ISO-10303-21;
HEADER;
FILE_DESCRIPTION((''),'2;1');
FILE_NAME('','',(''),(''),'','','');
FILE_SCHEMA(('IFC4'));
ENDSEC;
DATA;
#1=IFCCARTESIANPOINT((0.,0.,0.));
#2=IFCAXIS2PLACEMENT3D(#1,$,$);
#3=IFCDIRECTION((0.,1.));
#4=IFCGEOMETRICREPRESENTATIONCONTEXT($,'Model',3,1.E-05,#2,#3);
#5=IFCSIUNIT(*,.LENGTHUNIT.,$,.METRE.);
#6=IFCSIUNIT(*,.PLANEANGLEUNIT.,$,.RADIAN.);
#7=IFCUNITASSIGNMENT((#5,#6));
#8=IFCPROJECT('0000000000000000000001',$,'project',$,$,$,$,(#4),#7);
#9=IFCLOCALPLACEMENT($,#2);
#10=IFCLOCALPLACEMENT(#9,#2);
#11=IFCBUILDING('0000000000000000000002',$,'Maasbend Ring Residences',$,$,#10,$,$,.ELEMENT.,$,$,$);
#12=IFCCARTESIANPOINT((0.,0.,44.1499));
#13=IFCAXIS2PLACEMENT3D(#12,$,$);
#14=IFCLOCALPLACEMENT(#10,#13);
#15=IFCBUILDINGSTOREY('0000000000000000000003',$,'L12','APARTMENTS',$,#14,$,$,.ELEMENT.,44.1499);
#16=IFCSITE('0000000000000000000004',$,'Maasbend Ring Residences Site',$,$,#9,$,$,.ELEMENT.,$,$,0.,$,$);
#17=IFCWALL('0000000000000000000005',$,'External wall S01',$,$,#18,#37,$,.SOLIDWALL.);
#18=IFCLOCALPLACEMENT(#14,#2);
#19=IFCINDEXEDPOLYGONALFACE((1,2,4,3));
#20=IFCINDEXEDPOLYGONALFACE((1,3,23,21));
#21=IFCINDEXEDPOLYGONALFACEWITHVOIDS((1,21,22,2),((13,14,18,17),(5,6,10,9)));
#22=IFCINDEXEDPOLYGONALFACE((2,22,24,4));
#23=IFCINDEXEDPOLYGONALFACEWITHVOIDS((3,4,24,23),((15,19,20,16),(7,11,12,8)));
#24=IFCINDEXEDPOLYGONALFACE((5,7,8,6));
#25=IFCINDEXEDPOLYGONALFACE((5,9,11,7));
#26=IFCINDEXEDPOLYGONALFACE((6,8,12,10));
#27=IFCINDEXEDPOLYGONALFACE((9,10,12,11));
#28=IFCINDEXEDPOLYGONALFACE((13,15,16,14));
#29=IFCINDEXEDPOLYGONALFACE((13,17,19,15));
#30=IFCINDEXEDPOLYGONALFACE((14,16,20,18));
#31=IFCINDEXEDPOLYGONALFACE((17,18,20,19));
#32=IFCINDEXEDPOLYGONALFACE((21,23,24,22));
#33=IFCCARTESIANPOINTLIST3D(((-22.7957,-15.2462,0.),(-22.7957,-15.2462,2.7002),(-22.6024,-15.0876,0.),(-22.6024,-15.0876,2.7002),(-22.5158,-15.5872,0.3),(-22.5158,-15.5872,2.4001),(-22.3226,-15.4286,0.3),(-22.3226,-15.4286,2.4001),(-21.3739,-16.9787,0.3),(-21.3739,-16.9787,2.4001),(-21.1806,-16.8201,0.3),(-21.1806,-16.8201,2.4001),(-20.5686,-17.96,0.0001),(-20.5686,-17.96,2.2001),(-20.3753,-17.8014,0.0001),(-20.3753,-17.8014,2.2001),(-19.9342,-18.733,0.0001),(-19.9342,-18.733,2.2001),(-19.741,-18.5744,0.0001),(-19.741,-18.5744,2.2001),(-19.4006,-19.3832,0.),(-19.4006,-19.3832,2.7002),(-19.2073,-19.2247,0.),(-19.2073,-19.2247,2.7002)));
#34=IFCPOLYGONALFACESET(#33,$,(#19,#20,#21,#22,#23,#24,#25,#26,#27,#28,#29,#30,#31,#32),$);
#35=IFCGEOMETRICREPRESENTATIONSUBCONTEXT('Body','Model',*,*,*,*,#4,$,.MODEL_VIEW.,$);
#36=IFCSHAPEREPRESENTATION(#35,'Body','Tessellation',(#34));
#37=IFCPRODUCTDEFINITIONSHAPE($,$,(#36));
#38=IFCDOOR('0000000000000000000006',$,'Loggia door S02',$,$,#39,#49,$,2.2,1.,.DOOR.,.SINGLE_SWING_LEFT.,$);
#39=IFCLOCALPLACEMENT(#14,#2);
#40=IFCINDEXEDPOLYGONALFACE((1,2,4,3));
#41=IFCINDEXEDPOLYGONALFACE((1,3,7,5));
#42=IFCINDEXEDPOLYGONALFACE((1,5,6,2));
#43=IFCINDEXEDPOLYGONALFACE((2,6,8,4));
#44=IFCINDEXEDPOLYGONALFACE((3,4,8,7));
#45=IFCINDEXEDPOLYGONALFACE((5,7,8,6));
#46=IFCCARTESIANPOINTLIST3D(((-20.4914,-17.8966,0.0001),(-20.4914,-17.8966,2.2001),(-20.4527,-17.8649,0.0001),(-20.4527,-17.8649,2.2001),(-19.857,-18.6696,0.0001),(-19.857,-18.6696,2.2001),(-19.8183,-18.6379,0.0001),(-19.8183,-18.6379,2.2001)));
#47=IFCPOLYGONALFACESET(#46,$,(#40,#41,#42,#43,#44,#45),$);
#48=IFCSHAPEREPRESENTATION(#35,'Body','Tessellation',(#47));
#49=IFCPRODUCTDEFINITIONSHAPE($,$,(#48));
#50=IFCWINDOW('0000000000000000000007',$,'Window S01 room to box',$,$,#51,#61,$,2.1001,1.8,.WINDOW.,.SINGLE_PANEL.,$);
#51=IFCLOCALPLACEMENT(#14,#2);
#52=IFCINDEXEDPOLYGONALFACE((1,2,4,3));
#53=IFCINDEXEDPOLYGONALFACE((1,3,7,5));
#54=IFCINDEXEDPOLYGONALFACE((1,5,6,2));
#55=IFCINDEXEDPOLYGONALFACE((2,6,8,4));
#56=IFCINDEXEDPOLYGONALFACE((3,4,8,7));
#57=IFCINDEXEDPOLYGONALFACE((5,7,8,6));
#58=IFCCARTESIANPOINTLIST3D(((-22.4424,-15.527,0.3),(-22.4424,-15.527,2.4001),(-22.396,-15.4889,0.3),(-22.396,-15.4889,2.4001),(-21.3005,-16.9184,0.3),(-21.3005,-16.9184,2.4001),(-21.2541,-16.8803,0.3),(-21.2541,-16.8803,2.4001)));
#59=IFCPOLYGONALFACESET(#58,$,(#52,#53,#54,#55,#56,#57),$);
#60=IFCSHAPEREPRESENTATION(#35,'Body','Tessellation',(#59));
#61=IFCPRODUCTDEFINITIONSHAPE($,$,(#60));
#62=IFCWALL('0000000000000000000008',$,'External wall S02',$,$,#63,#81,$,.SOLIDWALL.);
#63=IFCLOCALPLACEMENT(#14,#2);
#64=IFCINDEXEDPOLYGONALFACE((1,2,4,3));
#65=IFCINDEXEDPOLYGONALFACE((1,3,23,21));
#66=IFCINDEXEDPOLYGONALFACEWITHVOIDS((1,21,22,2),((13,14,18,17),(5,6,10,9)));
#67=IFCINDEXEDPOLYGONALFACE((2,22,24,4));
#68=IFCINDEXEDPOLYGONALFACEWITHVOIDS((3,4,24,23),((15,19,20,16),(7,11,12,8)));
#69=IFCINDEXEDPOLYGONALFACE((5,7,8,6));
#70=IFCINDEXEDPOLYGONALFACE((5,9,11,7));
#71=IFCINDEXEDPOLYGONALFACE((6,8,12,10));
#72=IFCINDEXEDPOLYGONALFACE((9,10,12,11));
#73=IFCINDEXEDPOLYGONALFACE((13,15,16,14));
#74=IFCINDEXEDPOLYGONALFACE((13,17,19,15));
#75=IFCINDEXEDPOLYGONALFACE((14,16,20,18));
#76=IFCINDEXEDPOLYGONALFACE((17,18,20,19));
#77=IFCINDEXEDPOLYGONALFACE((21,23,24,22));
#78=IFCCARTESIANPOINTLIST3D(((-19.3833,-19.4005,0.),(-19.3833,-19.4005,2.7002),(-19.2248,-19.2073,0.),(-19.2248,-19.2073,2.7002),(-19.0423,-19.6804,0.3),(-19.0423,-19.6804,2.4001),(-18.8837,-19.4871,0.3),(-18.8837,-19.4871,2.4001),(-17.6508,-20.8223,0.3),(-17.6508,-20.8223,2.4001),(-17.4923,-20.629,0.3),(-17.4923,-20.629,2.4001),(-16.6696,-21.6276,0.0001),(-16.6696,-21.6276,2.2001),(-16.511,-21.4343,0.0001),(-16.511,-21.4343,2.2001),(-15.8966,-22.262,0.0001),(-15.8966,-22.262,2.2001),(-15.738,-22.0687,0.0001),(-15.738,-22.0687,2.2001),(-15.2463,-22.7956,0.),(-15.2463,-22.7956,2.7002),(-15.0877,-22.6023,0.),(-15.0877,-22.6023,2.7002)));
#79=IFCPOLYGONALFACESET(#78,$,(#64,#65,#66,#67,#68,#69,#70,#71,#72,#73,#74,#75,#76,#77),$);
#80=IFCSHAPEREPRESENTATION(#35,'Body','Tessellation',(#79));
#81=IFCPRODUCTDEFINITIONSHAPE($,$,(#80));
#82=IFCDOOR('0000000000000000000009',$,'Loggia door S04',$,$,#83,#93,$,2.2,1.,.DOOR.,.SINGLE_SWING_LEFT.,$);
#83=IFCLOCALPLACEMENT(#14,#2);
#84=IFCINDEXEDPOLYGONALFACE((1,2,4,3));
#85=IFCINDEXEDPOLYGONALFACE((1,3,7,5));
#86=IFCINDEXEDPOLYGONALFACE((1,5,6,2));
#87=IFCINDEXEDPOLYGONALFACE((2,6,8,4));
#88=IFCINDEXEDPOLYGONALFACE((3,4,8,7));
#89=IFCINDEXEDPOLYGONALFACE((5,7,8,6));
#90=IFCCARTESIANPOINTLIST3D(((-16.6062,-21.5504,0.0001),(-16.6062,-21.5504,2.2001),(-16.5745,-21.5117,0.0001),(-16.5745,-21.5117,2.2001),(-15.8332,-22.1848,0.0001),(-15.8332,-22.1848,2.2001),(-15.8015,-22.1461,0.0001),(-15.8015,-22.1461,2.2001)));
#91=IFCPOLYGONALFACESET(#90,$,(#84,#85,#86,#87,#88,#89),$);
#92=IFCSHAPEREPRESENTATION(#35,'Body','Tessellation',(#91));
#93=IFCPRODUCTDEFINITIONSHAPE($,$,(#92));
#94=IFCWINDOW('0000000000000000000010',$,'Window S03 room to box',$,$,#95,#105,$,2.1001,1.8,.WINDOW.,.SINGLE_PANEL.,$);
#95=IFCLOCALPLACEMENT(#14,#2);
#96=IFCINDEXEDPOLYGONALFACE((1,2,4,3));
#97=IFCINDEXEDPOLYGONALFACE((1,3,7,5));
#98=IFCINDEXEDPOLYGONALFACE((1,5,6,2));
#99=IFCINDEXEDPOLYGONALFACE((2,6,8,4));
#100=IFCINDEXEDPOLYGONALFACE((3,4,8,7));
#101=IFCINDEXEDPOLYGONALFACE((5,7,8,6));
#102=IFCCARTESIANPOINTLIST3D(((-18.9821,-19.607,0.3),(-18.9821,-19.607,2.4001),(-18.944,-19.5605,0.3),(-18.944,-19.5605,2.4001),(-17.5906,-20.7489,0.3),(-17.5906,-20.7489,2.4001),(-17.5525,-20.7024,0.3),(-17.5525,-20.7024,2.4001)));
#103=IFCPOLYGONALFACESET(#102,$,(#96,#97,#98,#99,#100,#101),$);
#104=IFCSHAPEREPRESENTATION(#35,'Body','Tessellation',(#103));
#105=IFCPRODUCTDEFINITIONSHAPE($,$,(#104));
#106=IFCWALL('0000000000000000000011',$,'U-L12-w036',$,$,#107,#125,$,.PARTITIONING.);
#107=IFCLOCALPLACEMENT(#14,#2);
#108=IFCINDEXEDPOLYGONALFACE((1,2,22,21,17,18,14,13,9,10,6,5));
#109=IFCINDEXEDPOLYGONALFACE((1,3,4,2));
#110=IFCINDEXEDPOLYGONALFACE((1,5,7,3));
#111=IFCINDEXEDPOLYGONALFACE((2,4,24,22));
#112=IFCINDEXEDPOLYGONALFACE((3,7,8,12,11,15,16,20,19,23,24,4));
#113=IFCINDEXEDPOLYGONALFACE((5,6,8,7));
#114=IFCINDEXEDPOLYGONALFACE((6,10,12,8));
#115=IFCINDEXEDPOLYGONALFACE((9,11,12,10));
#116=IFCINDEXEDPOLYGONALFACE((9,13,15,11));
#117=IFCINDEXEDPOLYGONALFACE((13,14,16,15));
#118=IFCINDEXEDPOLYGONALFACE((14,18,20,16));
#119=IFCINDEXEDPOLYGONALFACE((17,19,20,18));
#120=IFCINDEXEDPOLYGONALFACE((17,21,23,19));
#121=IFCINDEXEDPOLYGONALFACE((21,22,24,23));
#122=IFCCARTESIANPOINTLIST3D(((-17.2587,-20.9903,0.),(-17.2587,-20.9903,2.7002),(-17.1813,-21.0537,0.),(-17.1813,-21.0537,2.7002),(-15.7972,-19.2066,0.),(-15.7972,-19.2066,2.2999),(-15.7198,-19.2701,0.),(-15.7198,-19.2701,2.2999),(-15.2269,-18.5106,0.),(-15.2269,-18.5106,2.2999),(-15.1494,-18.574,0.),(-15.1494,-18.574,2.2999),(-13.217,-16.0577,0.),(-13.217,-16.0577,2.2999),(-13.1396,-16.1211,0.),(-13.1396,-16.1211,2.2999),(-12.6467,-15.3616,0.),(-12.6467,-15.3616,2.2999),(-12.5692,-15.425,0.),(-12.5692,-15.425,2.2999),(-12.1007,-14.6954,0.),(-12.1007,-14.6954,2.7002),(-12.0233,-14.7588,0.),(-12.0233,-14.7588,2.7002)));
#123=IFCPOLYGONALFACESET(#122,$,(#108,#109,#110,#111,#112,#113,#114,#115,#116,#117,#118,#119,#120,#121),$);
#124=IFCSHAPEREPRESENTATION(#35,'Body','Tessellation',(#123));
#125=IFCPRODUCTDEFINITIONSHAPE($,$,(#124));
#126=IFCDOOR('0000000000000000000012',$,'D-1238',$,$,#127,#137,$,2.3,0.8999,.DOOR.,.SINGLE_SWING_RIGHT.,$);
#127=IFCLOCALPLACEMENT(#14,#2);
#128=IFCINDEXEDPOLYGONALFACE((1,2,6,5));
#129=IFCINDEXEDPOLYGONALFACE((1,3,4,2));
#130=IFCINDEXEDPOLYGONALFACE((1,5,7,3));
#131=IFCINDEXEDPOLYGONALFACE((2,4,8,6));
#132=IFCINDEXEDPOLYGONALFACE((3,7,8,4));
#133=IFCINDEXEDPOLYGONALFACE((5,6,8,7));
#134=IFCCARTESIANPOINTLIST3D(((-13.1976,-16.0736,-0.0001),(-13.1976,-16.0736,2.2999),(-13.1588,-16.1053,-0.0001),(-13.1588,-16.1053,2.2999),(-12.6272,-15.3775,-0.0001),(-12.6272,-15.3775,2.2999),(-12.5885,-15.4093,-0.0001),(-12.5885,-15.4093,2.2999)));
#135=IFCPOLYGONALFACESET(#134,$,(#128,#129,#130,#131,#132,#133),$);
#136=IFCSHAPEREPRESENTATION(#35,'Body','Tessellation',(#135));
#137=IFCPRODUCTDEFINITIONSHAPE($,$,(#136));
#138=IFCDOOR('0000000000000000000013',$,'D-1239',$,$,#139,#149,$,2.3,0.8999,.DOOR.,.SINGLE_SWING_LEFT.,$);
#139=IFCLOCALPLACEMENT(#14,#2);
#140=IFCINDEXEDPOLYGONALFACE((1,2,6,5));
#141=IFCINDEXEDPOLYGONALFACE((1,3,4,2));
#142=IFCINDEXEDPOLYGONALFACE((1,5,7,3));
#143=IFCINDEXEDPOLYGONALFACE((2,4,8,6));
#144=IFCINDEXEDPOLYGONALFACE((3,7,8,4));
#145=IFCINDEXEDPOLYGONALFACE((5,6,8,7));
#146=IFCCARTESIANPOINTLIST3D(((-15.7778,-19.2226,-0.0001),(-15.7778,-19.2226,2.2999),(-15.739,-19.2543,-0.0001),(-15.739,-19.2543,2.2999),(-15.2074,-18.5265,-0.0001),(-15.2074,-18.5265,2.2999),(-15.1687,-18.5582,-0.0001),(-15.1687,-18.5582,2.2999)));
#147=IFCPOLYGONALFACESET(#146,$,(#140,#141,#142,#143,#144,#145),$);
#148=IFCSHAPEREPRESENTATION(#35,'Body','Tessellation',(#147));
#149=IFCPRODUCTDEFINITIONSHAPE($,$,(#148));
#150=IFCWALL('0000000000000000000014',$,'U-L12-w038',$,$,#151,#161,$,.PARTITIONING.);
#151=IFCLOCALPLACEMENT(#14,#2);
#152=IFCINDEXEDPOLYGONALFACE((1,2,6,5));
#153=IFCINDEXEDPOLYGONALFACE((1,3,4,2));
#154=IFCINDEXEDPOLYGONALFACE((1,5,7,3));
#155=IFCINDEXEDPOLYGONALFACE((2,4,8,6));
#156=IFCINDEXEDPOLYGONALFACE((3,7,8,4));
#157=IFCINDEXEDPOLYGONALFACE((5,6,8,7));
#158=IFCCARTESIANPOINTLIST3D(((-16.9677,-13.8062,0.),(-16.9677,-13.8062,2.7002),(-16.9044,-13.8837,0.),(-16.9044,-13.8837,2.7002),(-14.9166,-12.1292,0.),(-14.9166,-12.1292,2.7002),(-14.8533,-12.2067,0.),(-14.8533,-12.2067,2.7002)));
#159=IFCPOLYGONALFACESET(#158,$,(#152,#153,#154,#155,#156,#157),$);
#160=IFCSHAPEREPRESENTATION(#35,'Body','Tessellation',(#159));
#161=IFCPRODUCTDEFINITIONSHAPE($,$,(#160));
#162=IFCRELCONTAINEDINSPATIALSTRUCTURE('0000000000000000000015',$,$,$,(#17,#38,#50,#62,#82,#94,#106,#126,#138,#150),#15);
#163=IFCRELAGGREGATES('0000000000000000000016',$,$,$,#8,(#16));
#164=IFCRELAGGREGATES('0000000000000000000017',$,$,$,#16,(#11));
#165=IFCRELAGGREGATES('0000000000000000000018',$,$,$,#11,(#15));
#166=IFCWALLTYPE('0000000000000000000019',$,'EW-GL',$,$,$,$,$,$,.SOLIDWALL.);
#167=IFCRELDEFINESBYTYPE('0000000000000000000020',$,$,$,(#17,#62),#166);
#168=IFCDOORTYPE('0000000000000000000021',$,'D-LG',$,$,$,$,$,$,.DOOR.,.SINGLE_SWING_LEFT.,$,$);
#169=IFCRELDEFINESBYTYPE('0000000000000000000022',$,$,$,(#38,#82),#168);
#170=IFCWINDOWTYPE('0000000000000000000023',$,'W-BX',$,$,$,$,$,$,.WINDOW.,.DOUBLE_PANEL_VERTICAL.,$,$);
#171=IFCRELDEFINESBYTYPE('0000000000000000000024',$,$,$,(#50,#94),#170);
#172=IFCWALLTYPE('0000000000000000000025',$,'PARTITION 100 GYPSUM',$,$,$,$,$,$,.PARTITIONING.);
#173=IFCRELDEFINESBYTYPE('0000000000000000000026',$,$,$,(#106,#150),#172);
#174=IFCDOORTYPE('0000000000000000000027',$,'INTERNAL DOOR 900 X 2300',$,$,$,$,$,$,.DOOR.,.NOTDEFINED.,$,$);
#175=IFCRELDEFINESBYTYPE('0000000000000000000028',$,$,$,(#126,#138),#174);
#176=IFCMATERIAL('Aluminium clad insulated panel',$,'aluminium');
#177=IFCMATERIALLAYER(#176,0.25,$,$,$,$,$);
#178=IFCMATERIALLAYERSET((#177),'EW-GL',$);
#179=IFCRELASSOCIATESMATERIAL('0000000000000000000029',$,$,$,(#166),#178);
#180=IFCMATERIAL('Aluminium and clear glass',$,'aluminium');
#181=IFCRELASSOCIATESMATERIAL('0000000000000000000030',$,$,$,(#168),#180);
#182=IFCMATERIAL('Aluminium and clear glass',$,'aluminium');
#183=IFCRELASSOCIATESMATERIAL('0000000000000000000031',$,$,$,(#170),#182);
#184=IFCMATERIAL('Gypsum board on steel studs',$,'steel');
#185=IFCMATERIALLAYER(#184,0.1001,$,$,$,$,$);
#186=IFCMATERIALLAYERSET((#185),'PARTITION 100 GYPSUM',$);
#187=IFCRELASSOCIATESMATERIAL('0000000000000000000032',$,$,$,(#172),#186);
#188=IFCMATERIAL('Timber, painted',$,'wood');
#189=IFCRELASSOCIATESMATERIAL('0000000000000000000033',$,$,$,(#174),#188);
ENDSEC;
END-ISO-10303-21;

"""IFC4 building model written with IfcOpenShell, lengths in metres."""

from ifc_helpers import new_model, si_unit, direction, frame, frame_2d, origin, place, context, subcontext, project, spatial, rectangle, extrude, material, layer, layer_set, type_object, element, fill, save


model = new_model("IFC4")

# Units and contexts
model_context = context("Model", 3, precision=1e-05, world=origin(), true_north=direction((0.0, 1.0)))
body_context = subcontext(model_context, "Body", "Model", "MODEL_VIEW")
ifc_project = project(units=[si_unit("LENGTHUNIT", "METRE"), si_unit("PLANEANGLEUNIT", "RADIAN")], contexts=[model_context])

# Site, building, storey
site_placement = place(None, origin())
site = spatial("IfcSite", under=ifc_project, at=site_placement, Name="Maasbend Ring Residences Site", CompositionType="ELEMENT", RefElevation=0.0)
building_placement = place(site_placement, origin())
building = spatial("IfcBuilding", under=site, at=building_placement, Name="Maasbend Ring Residences", CompositionType="ELEMENT")
storey_placement = place(building_placement, frame((0.0, 0.0, 44.1499)))
storey = spatial("IfcBuildingStorey", under=building, at=storey_placement, Name="L12", Description="APARTMENTS", CompositionType="ELEMENT", Elevation=44.1499)

# Walls, openings, doors, windows
ifc_material_1 = material(Name="Aluminium clad insulated panel", Category="aluminium")
ifc_layer_1 = layer(ifc_material_1, 0.25)
ifc_layer_set_1 = layer_set([ifc_layer_1], Name="EW-GL")
wall_type_1 = type_object("IfcWallType", Name="EW-GL", PredefinedType="SOLIDWALL", material=ifc_layer_set_1)
wall_1_placement = place(storey_placement, frame((-22.699, -15.167, 0.0), z_axis=(0.0, 0.0, 1.0), x_axis=(0.634382, -0.773019, 0.0)))
wall_1 = element("IfcWall", 1, at=wall_1_placement, inside=storey, type_object=wall_type_1, Name="External wall S01", PredefinedType="SOLIDWALL", context=body_context, shape_type="SweptSolid", body=[
    extrude(rectangle(XDim=5.3518, YDim=0.25, at=frame_2d((2.6758, 0.0))), origin(), (0.0, 0.0, 1.0), 2.7002),
])
opening_1_placement = place(wall_1_placement, frame((0.4412, 0.0, 0.3)))
opening_1 = element("IfcOpeningElement", 2, at=opening_1_placement, cuts=wall_1, PredefinedType="OPENING", context=body_context, shape_type="SweptSolid", body=[
    extrude(rectangle(XDim=1.8, YDim=2.1001, at=frame_2d((0.8999, 1.05))), frame((0.0, 0.135, 0.0), z_axis=(0.0, -1.0, 0.0), x_axis=(1.0, 0.0, 0.0)), (0.0, 0.0, 1.0), 0.27),
])
opening_2_placement = place(wall_1_placement, frame((3.5105, 0.0, 0.0)))
opening_2 = element("IfcOpeningElement", 3, at=opening_2_placement, cuts=wall_1, PredefinedType="OPENING", context=body_context, shape_type="SweptSolid", body=[
    extrude(rectangle(XDim=1.0, YDim=2.2, at=frame_2d((0.5, 1.1001))), frame((0.0, 0.135, 0.0), z_axis=(0.0, -1.0, 0.0), x_axis=(1.0, 0.0, 0.0)), (0.0, 0.0, 1.0), 0.27),
])
ifc_material_2 = material(Name="Aluminium and clear glass", Category="aluminium")
door_type_1 = type_object("IfcDoorType", Name="D-LG", OperationType="SINGLE_SWING_LEFT", PredefinedType="DOOR", material=ifc_material_2)
door_1_placement = place(opening_2_placement, origin())
door_1 = element("IfcDoor", 4, at=door_1_placement, inside=storey, type_object=door_type_1, Name="Loggia door S02", OperationType="SINGLE_SWING_LEFT", OverallHeight=2.2, OverallWidth=1.0, PredefinedType="DOOR", context=body_context, shape_type="SweptSolid", body=[
    extrude(rectangle(XDim=1.0, YDim=2.2, at=frame_2d((0.5, 1.1001))), frame((0.0, 0.0249, 0.0), z_axis=(0.0, -1.0, 0.0), x_axis=(1.0, 0.0, 0.0)), (0.0, 0.0, 1.0), 0.05),
])
fill(opening_2, door_1)
ifc_material_3 = material(Name="Aluminium and clear glass", Category="aluminium")
window_type_1 = type_object("IfcWindowType", Name="W-BX", PartitioningType="DOUBLE_PANEL_VERTICAL", PredefinedType="WINDOW", material=ifc_material_3)
window_1_placement = place(opening_1_placement, origin())
window_1 = element("IfcWindow", 5, at=window_1_placement, inside=storey, type_object=window_type_1, Name="Window S01 room to box", OverallHeight=2.1001, OverallWidth=1.8, PartitioningType="SINGLE_PANEL", PredefinedType="WINDOW", context=body_context, shape_type="SweptSolid", body=[
    extrude(rectangle(XDim=1.8, YDim=2.1001, at=frame_2d((0.8999, 1.05))), frame((0.0, 0.03, 0.0), z_axis=(0.0, -1.0, 0.0), x_axis=(1.0, 0.0, 0.0)), (0.0, 0.0, 1.0), 0.0601),
])
fill(opening_1, window_1)
wall_2_placement = place(storey_placement, frame((-19.304, -19.304, 0.0), z_axis=(0.0, 0.0, 1.0), x_axis=(0.773019, -0.634382, 0.0)))
wall_2 = element("IfcWall", 6, at=wall_2_placement, inside=storey, type_object=wall_type_1, Name="External wall S02", PredefinedType="SOLIDWALL", context=body_context, shape_type="SweptSolid", body=[
    extrude(rectangle(XDim=5.3518, YDim=0.25, at=frame_2d((2.6758, 0.0))), origin(), (0.0, 0.0, 1.0), 2.7002),
])
opening_3_placement = place(wall_2_placement, frame((0.4412, 0.0, 0.3)))
opening_3 = element("IfcOpeningElement", 7, at=opening_3_placement, cuts=wall_2, PredefinedType="OPENING", context=body_context, shape_type="SweptSolid", body=[
    extrude(rectangle(XDim=1.8, YDim=2.1001, at=frame_2d((0.8999, 1.05))), frame((0.0, 0.135, 0.0), z_axis=(0.0, -1.0, 0.0), x_axis=(1.0, 0.0, 0.0)), (0.0, 0.0, 1.0), 0.27),
])
opening_4_placement = place(wall_2_placement, frame((3.5105, 0.0, 0.0)))
opening_4 = element("IfcOpeningElement", 8, at=opening_4_placement, cuts=wall_2, PredefinedType="OPENING", context=body_context, shape_type="SweptSolid", body=[
    extrude(rectangle(XDim=1.0, YDim=2.2, at=frame_2d((0.5, 1.1001))), frame((0.0, 0.135, 0.0), z_axis=(0.0, -1.0, 0.0), x_axis=(1.0, 0.0, 0.0)), (0.0, 0.0, 1.0), 0.27),
])
door_2_placement = place(opening_4_placement, origin())
door_2 = element("IfcDoor", 9, at=door_2_placement, inside=storey, type_object=door_type_1, Name="Loggia door S04", OperationType="SINGLE_SWING_LEFT", OverallHeight=2.2, OverallWidth=1.0, PredefinedType="DOOR", context=body_context, shape_type="SweptSolid", body=[
    extrude(rectangle(XDim=1.0, YDim=2.2, at=frame_2d((0.5, 1.1001))), frame((0.0, 0.0249, 0.0), z_axis=(0.0, -1.0, 0.0), x_axis=(1.0, 0.0, 0.0)), (0.0, 0.0, 1.0), 0.05),
])
fill(opening_4, door_2)
window_2_placement = place(opening_3_placement, origin())
window_2 = element("IfcWindow", 10, at=window_2_placement, inside=storey, type_object=window_type_1, Name="Window S03 room to box", OverallHeight=2.1001, OverallWidth=1.8, PartitioningType="SINGLE_PANEL", PredefinedType="WINDOW", context=body_context, shape_type="SweptSolid", body=[
    extrude(rectangle(XDim=1.8, YDim=2.1001, at=frame_2d((0.8999, 1.05))), frame((0.0, 0.03, 0.0), z_axis=(0.0, -1.0, 0.0), x_axis=(1.0, 0.0, 0.0)), (0.0, 0.0, 1.0), 0.0601),
])
fill(opening_3, window_2)

# Wall, openings, doors
ifc_material_4 = material(Name="Gypsum board on steel studs", Category="steel")
ifc_layer_2 = layer(ifc_material_4, 0.1001)
ifc_layer_set_2 = layer_set([ifc_layer_2], Name="PARTITION 100 GYPSUM")
wall_type_2 = type_object("IfcWallType", Name="PARTITION 100 GYPSUM", PredefinedType="PARTITIONING", material=ifc_layer_set_2)
wall_3_placement = place(storey_placement, frame((-17.22, -21.022, 0.0), z_axis=(0.0, 0.0, 1.0), x_axis=(0.633795, 0.773501, 0.0)))
wall_3 = element("IfcWall", 11, at=wall_3_placement, inside=storey, type_object=wall_type_2, Name="U-L12-w036", PredefinedType="PARTITIONING", context=body_context, shape_type="SweptSolid", body=[
    extrude(rectangle(XDim=8.1382, YDim=0.1001, at=frame_2d((4.0691, 0.0))), origin(), (0.0, 0.0, 1.0), 2.7002),
])
opening_5_placement = place(wall_3_placement, frame((6.377, 0.0, 0.0)))
opening_5 = element("IfcOpeningElement", 12, at=opening_5_placement, cuts=wall_3, PredefinedType="OPENING", context=body_context, shape_type="SweptSolid", body=[
    extrude(rectangle(XDim=0.8999, YDim=2.3, at=frame_2d((0.45, 1.1499))), frame((0.0, 0.0601, 0.0), z_axis=(0.0, -1.0, 0.0), x_axis=(1.0, 0.0, 0.0)), (0.0, 0.0, 1.0), 0.1201),
])
opening_6_placement = place(wall_3_placement, frame((2.3059, 0.0, 0.0)))
opening_6 = element("IfcOpeningElement", 13, at=opening_6_placement, cuts=wall_3, PredefinedType="OPENING", context=body_context, shape_type="SweptSolid", body=[
    extrude(rectangle(XDim=0.8999, YDim=2.3, at=frame_2d((0.45, 1.1499))), frame((0.0, 0.0601, 0.0), z_axis=(0.0, -1.0, 0.0), x_axis=(1.0, 0.0, 0.0)), (0.0, 0.0, 1.0), 0.1201),
])
ifc_material_5 = material(Name="Timber, painted", Category="wood")
door_type_2 = type_object("IfcDoorType", Name="INTERNAL DOOR 900 X 2300", OperationType="NOTDEFINED", PredefinedType="DOOR", material=ifc_material_5)
door_3_placement = place(opening_5_placement, origin())
door_3 = element("IfcDoor", 14, at=door_3_placement, inside=storey, type_object=door_type_2, Name="D-1238", OperationType="SINGLE_SWING_RIGHT", OverallHeight=2.3, OverallWidth=0.8999, PredefinedType="DOOR", context=body_context, shape_type="SweptSolid", body=[
    extrude(rectangle(XDim=0.8999, YDim=2.3, at=frame_2d((0.45, 1.1499))), frame((0.0, 0.0249, 0.0), z_axis=(0.0, -1.0, 0.0), x_axis=(1.0, 0.0, 0.0)), (0.0, 0.0, 1.0), 0.05),
])
fill(opening_5, door_3)
door_4_placement = place(opening_6_placement, origin())
door_4 = element("IfcDoor", 15, at=door_4_placement, inside=storey, type_object=door_type_2, Name="D-1239", OperationType="SINGLE_SWING_LEFT", OverallHeight=2.3, OverallWidth=0.8999, PredefinedType="DOOR", context=body_context, shape_type="SweptSolid", body=[
    extrude(rectangle(XDim=0.8999, YDim=2.3, at=frame_2d((0.45, 1.1499))), frame((0.0, 0.0249, 0.0), z_axis=(0.0, -1.0, 0.0), x_axis=(1.0, 0.0, 0.0)), (0.0, 0.0, 1.0), 0.05),
])
fill(opening_6, door_4)

# Wall
wall_4_placement = place(storey_placement, frame((-16.936, -13.845, 0.0), z_axis=(0.0, 0.0, 1.0), x_axis=(0.774163, 0.632987, 0.0)))
element("IfcWall", 16, at=wall_4_placement, inside=storey, type_object=wall_type_2, Name="U-L12-w038", PredefinedType="PARTITIONING", context=body_context, shape_type="SweptSolid", body=[
    extrude(rectangle(XDim=2.6494, YDim=0.1001, at=frame_2d((1.3247, 0.0))), origin(), (0.0, 0.0, 1.0), 2.7002),
])

save(model, "model.ifc")
